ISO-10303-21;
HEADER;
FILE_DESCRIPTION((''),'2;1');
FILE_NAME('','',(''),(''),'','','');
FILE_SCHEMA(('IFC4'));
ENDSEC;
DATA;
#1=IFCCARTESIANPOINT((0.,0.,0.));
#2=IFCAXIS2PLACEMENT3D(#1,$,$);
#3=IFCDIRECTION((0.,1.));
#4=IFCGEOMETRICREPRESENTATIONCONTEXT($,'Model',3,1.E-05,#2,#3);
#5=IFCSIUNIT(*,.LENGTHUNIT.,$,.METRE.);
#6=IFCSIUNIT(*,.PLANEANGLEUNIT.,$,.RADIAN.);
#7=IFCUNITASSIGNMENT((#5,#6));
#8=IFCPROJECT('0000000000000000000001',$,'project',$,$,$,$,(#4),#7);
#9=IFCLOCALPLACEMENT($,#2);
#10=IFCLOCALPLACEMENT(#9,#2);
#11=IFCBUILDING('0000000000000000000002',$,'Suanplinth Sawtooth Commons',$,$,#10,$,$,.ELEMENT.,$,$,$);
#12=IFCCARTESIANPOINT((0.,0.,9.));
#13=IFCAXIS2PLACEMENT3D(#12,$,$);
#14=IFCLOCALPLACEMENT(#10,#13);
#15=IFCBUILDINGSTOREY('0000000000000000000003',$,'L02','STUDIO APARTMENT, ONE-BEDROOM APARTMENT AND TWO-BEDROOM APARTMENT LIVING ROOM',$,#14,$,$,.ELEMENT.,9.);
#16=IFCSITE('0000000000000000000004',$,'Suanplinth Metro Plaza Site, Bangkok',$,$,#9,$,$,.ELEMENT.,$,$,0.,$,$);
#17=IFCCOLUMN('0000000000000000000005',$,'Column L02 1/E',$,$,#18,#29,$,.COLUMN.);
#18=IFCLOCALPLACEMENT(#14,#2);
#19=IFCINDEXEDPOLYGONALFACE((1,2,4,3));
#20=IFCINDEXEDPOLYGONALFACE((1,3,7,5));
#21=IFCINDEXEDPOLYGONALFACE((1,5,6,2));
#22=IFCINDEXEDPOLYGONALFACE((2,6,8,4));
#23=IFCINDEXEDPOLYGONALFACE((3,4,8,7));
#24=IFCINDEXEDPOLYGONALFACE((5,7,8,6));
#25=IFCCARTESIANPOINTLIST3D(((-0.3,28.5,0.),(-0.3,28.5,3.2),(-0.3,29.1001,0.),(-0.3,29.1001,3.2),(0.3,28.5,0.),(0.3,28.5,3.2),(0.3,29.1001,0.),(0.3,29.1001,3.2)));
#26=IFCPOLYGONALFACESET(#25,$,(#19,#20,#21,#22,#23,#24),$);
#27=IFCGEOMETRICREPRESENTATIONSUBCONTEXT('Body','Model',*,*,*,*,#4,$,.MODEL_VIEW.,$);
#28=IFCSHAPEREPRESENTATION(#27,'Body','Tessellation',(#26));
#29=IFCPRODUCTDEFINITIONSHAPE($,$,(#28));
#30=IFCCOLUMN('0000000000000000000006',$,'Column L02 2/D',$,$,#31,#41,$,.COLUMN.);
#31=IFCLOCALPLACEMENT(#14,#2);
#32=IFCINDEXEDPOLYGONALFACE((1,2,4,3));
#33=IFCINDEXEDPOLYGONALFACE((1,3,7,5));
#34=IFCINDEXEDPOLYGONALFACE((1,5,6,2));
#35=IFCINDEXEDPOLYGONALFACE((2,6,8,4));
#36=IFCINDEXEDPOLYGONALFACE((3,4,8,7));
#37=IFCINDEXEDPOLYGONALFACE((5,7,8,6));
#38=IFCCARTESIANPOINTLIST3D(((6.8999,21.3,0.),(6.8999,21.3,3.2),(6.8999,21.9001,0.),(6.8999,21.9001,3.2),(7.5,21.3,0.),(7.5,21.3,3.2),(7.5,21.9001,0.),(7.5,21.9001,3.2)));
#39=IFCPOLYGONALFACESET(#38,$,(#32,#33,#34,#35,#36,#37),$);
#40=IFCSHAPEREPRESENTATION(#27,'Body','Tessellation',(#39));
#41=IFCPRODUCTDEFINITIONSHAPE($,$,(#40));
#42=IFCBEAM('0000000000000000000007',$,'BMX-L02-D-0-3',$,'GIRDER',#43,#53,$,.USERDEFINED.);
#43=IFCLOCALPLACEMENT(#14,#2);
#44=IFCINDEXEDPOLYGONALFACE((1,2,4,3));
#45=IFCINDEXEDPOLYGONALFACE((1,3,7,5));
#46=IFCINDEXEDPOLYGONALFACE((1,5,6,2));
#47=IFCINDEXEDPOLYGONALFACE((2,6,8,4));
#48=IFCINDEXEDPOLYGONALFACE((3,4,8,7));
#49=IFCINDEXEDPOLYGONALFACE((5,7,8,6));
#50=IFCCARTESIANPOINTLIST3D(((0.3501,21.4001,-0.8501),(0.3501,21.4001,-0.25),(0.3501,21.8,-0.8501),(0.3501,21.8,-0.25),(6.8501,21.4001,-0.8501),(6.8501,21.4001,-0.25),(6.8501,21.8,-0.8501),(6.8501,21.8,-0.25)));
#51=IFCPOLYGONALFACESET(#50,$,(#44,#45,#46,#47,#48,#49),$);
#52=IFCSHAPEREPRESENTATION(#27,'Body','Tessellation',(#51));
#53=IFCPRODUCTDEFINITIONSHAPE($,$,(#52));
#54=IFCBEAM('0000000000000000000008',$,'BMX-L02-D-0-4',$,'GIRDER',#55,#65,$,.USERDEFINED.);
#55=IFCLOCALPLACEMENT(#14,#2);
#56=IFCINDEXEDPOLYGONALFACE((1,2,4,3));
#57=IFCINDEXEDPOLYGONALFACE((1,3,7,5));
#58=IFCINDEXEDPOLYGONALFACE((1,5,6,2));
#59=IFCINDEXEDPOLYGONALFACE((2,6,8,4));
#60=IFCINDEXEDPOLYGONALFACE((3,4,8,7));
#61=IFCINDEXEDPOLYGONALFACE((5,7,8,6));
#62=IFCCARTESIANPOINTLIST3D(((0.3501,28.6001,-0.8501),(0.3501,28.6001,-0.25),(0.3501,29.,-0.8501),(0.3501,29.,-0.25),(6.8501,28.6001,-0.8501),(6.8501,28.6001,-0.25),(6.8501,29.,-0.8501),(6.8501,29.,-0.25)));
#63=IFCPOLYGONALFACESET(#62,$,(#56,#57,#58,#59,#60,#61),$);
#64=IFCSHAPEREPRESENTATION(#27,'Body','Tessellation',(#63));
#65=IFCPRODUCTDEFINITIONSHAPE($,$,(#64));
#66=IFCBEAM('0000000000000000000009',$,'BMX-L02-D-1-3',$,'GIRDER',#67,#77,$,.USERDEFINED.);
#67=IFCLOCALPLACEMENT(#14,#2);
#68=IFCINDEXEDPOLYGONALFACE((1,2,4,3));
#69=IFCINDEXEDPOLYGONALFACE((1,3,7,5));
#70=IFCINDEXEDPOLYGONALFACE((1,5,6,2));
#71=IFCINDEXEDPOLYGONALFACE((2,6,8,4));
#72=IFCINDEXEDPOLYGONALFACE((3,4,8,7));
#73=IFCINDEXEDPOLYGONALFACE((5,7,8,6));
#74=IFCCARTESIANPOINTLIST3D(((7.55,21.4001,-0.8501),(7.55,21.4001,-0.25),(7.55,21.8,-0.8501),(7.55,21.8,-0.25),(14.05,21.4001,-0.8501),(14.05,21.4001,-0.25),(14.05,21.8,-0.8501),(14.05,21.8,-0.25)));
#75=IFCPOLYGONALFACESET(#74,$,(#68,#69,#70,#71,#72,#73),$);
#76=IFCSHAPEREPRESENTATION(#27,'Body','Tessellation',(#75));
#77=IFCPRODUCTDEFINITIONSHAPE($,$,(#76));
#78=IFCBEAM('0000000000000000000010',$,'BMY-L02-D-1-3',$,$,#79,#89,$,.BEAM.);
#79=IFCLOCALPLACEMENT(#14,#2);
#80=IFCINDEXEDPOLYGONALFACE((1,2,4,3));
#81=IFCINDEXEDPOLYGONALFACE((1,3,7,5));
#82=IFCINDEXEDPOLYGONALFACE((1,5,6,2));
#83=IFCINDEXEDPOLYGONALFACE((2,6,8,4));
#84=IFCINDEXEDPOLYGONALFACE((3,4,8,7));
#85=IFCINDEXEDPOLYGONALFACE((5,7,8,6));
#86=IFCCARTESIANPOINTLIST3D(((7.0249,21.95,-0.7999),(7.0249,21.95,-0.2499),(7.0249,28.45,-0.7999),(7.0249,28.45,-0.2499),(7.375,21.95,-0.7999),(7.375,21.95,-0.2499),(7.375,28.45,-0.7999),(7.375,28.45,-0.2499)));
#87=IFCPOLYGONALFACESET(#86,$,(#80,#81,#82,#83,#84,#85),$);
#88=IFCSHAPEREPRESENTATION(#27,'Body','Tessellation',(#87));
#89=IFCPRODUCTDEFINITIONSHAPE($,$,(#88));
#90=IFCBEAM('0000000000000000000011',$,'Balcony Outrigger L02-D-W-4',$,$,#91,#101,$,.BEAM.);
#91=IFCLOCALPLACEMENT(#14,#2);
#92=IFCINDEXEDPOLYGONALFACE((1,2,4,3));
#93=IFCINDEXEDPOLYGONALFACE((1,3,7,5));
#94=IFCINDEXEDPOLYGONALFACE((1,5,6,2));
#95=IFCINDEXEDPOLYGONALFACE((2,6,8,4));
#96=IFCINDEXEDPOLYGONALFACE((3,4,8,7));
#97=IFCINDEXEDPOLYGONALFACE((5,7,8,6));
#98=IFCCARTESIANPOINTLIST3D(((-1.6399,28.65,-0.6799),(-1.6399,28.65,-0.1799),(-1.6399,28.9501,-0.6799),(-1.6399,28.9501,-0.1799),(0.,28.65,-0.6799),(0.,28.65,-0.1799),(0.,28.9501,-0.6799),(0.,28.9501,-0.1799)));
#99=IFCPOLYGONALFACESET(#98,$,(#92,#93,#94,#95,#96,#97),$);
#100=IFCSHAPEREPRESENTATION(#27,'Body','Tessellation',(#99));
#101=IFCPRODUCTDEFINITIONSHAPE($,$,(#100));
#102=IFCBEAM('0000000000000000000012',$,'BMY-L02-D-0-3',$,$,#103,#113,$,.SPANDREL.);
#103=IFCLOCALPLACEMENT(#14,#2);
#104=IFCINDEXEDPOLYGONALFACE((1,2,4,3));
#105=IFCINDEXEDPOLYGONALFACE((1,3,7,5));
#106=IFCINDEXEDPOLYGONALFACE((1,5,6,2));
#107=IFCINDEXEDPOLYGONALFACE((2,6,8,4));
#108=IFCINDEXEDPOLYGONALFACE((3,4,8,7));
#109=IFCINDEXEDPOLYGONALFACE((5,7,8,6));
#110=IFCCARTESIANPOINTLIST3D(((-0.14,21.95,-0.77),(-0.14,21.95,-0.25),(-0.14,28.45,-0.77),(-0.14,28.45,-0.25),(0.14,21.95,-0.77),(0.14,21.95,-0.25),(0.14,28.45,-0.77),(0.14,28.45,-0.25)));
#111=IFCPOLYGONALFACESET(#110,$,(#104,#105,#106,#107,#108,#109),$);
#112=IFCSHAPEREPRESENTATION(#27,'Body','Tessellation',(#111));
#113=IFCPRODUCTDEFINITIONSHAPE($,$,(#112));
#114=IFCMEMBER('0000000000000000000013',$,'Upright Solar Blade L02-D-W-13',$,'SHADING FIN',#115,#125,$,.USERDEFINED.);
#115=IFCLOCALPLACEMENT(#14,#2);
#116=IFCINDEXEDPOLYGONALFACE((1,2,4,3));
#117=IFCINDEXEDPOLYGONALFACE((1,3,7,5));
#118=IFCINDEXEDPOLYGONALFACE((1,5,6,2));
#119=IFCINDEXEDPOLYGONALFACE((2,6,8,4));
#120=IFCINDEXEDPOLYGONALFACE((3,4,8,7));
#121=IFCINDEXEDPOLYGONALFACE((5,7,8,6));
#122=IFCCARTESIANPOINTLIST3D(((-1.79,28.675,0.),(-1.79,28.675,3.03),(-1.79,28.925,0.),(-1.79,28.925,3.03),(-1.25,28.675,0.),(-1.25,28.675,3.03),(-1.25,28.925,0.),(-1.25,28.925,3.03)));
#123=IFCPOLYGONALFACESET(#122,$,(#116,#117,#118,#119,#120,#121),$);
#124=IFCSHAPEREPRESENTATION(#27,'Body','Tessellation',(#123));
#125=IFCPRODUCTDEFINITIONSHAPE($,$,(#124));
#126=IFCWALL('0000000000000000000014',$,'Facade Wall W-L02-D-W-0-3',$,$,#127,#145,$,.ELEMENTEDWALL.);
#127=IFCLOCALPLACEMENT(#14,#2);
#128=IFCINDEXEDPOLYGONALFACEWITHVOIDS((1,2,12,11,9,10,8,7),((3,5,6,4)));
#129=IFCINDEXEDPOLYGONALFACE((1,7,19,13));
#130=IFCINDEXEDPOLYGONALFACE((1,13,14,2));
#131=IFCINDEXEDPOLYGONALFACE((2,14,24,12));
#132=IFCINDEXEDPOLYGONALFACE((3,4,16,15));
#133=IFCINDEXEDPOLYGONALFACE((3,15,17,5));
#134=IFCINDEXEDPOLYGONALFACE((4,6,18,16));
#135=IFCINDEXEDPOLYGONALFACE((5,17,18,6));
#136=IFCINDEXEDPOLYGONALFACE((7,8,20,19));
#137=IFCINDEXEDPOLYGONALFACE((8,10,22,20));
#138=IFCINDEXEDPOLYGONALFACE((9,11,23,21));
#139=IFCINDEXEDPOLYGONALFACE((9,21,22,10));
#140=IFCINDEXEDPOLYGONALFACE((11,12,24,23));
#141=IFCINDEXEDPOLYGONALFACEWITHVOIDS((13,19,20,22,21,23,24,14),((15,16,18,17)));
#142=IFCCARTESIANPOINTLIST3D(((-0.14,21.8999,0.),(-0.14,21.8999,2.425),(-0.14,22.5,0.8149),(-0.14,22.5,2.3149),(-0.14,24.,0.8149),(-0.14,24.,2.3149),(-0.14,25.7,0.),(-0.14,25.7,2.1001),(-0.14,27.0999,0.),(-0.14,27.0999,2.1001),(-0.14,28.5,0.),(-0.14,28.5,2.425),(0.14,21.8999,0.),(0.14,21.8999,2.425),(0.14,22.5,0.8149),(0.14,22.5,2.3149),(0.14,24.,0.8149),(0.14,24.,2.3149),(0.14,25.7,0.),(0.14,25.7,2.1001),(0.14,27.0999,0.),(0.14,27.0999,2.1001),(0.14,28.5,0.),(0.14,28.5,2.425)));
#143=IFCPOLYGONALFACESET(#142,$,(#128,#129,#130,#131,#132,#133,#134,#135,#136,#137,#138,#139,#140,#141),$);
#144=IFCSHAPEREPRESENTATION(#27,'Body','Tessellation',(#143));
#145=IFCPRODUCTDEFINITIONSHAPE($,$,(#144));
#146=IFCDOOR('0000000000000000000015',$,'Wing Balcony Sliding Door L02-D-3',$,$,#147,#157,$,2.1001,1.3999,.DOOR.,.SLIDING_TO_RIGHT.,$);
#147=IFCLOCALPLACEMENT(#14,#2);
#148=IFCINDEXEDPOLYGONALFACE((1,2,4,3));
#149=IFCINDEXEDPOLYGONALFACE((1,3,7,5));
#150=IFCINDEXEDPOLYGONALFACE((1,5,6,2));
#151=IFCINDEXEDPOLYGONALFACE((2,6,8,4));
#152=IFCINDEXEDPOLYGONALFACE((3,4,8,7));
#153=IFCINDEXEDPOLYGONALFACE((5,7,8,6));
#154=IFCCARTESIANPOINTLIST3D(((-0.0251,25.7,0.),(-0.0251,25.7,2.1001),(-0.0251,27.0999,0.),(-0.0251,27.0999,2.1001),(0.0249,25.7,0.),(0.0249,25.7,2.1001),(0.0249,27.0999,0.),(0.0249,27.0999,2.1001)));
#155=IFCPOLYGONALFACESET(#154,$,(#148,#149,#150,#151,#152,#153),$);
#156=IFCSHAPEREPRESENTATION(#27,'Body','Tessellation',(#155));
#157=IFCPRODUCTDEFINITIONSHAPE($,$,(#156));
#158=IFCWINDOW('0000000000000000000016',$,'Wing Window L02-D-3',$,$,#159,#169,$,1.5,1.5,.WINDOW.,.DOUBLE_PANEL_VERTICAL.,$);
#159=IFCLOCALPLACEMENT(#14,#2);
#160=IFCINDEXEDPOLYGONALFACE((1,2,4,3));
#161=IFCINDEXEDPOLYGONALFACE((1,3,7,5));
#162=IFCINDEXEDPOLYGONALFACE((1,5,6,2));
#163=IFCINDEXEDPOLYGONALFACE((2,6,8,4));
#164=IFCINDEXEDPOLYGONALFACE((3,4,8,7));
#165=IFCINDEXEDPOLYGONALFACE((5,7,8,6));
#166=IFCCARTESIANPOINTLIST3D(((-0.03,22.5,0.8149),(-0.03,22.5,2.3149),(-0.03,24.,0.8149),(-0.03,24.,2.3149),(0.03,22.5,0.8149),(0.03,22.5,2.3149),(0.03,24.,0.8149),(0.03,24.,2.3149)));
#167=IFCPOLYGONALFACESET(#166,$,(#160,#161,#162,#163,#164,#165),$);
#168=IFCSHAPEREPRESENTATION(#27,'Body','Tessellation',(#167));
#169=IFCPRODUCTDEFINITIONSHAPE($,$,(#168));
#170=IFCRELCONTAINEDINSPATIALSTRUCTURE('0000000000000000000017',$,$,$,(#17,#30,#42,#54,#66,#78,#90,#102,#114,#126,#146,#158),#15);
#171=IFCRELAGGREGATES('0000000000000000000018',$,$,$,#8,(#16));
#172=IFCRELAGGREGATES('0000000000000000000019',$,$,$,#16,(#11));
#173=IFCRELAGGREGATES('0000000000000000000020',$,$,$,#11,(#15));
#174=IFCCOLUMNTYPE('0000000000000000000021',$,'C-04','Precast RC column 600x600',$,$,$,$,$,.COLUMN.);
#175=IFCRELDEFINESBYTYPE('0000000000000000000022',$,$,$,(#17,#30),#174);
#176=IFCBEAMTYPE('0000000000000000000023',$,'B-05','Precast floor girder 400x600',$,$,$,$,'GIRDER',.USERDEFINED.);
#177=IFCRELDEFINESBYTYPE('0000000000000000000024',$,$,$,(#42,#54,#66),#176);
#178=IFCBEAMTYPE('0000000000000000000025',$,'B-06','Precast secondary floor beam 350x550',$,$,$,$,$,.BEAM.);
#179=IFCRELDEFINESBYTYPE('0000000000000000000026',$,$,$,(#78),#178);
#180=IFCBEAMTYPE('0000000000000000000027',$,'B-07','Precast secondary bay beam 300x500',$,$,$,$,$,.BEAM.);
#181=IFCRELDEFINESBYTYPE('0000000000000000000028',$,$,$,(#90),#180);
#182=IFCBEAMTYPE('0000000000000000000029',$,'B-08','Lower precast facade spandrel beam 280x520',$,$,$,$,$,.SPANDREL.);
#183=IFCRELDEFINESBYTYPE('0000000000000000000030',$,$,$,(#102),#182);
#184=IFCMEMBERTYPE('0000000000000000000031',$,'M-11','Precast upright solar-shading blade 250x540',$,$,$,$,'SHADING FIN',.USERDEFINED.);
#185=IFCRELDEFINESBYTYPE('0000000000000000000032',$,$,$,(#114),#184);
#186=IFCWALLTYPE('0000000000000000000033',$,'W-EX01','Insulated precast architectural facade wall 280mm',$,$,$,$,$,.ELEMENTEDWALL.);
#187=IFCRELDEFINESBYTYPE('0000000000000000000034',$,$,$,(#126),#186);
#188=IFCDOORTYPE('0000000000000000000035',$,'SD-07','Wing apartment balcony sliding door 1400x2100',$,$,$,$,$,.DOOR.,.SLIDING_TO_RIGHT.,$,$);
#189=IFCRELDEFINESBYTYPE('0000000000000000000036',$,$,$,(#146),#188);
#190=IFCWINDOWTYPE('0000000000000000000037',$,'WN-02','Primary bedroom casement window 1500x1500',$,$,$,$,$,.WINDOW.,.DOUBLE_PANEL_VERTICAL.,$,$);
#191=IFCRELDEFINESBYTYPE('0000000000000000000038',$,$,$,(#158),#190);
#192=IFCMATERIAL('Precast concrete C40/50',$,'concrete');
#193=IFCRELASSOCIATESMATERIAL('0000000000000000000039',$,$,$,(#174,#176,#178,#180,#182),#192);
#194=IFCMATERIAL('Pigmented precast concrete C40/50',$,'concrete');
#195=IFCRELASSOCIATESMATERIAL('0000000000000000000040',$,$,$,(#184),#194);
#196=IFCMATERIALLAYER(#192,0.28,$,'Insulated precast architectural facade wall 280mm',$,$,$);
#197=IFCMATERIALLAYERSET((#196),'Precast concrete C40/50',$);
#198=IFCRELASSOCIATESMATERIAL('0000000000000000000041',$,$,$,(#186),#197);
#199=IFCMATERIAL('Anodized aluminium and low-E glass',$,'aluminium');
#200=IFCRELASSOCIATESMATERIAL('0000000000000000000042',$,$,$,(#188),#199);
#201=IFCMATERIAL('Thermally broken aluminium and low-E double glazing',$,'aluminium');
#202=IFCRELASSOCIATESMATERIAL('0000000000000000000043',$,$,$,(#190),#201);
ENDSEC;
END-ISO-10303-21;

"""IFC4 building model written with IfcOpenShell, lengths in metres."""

from ifc_helpers import new_model, si_unit, direction, frame, frame_2d, origin, origin_2d, place, context, subcontext, project, spatial, rectangle, extrude, material, layer, layer_set, material_profile, profile_set, type_object, element, fill, save


model = new_model("IFC4")

# Units and contexts
model_context = context("Model", 3, precision=1e-05, world=origin(), true_north=direction((0.0, 1.0)))
body_context = subcontext(model_context, "Body", "Model", "MODEL_VIEW")
ifc_project = project(units=[si_unit("LENGTHUNIT", "METRE"), si_unit("PLANEANGLEUNIT", "RADIAN")], contexts=[model_context])

# Site, building, storey
site_placement = place(None, origin())
site = spatial("IfcSite", under=ifc_project, at=site_placement, Name="Suanplinth Metro Plaza Site, Bangkok", CompositionType="ELEMENT", RefElevation=0.0)
building_placement = place(site_placement, origin())
building = spatial("IfcBuilding", under=site, at=building_placement, Name="Suanplinth Sawtooth Commons", CompositionType="ELEMENT")
storey_placement = place(building_placement, frame((0.0, 0.0, 9.0)))
storey = spatial("IfcBuildingStorey", under=building, at=storey_placement, Name="L02", Description="STUDIO APARTMENT, ONE-BEDROOM APARTMENT AND TWO-BEDROOM APARTMENT LIVING ROOM", CompositionType="ELEMENT", Elevation=9.0)

# Columns
ifc_material_1 = material(Name="Precast concrete C40/50", Category="concrete")
ifc_material_profile_1 = material_profile(ifc_material_1, rectangle(XDim=0.6001, YDim=0.6001, at=origin_2d()), Name="PC-COL 600x600")
ifc_profile_set_1 = profile_set([ifc_material_profile_1], Name="Precast concrete C40/50")
column_type = type_object("IfcColumnType", Name="C-04", Description="Precast RC column 600x600", PredefinedType="COLUMN", material=ifc_profile_set_1)
for number, where, z_axis, x_axis, name in (
    (1, (0.0, 28.8, 0.0), (0.0, 0.0, 1.0), (1.0, 0.0, 0.0), "Column L02 1/E"),
    (2, (7.2, 21.6001, 0.0), (0.0, 0.0, 1.0), (1.0, 0.0, 0.0), "Column L02 2/D"),
):
    element("IfcColumn", number, at=place(storey_placement, frame(where, z_axis=z_axis, x_axis=x_axis)), inside=storey, type_object=column_type, Name=name, PredefinedType="COLUMN", context=body_context, shape_type="SweptSolid", body=[
        extrude(rectangle(XDim=0.6001, YDim=0.6001, at=origin_2d()), origin(), (0.0, 0.0, 1.0), 3.2),
    ])

# Beams
ifc_material_profile_2 = material_profile(ifc_material_1, rectangle(XDim=0.3999, YDim=0.6001, at=origin_2d()), Name="PC-GDR 400x600")
ifc_profile_set_2 = profile_set([ifc_material_profile_2], Name="Precast concrete C40/50")
beam_type_1 = type_object("IfcBeamType", Name="B-05", Description="Precast floor girder 400x600", ElementType="GIRDER", PredefinedType="USERDEFINED", material=ifc_profile_set_2)
for number, where, z_axis, x_axis, name in (
    (3, (0.3501, 21.6001, -0.55), (1.0, 0.0, 0.0), (0.0, 1.0, 0.0), "BMX-L02-D-0-3"),
    (4, (0.3501, 28.8, -0.55), (1.0, 0.0, 0.0), (0.0, 1.0, 0.0), "BMX-L02-D-0-4"),
    (5, (7.55, 21.6001, -0.55), (1.0, 0.0, 0.0), (0.0, 1.0, 0.0), "BMX-L02-D-1-3"),
):
    element("IfcBeam", number, at=place(storey_placement, frame(where, z_axis=z_axis, x_axis=x_axis)), inside=storey, type_object=beam_type_1, Name=name, ObjectType="GIRDER", PredefinedType="USERDEFINED", context=body_context, shape_type="SweptSolid", body=[
        extrude(rectangle(XDim=0.3999, YDim=0.6001, at=origin_2d()), origin(), (0.0, 0.0, 1.0), 6.5),
    ])
ifc_material_profile_3 = material_profile(ifc_material_1, rectangle(XDim=0.3501, YDim=0.55, at=origin_2d()), Name="PC-BM 350x550")
ifc_profile_set_3 = profile_set([ifc_material_profile_3], Name="Precast concrete C40/50")
beam_type_2 = type_object("IfcBeamType", Name="B-06", Description="Precast secondary floor beam 350x550", PredefinedType="BEAM", material=ifc_profile_set_3)
beam_1_placement = place(storey_placement, frame((7.2, 21.95, -0.5249), z_axis=(0.0, 1.0, 0.0), x_axis=(-1.0, 0.0, 0.0)))
element("IfcBeam", 6, at=beam_1_placement, inside=storey, type_object=beam_type_2, Name="BMY-L02-D-1-3", PredefinedType="BEAM", context=body_context, shape_type="SweptSolid", body=[
    extrude(rectangle(XDim=0.3501, YDim=0.55, at=origin_2d()), origin(), (0.0, 0.0, 1.0), 6.5),
])
ifc_material_profile_4 = material_profile(ifc_material_1, rectangle(XDim=0.3, YDim=0.5, at=origin_2d()), Name="PC-BM 300x500")
ifc_profile_set_4 = profile_set([ifc_material_profile_4], Name="Precast concrete C40/50")
beam_type_3 = type_object("IfcBeamType", Name="B-07", Description="Precast secondary bay beam 300x500", PredefinedType="BEAM", material=ifc_profile_set_4)
beam_2_placement = place(storey_placement, frame((0.0, 28.8, -0.4299), z_axis=(-1.0, 0.0, 0.0), x_axis=(0.0, -1.0, 0.0)))
element("IfcBeam", 7, at=beam_2_placement, inside=storey, type_object=beam_type_3, Name="Balcony Outrigger L02-D-W-4", PredefinedType="BEAM", context=body_context, shape_type="SweptSolid", body=[
    extrude(rectangle(XDim=0.3, YDim=0.5, at=origin_2d()), origin(), (0.0, 0.0, 1.0), 1.6399),
])
ifc_material_profile_5 = material_profile(ifc_material_1, rectangle(XDim=0.28, YDim=0.52, at=origin_2d()), Name="PC-SP 280x520")
ifc_profile_set_5 = profile_set([ifc_material_profile_5], Name="Precast concrete C40/50")
beam_type_4 = type_object("IfcBeamType", Name="B-08", Description="Lower precast facade spandrel beam 280x520", PredefinedType="SPANDREL", material=ifc_profile_set_5)
beam_3_placement = place(storey_placement, frame((0.0, 21.95, -0.51), z_axis=(0.0, 1.0, 0.0), x_axis=(-1.0, 0.0, 0.0)))
element("IfcBeam", 8, at=beam_3_placement, inside=storey, type_object=beam_type_4, Name="BMY-L02-D-0-3", PredefinedType="SPANDREL", context=body_context, shape_type="SweptSolid", body=[
    extrude(rectangle(XDim=0.28, YDim=0.52, at=origin_2d()), origin(), (0.0, 0.0, 1.0), 6.5),
])

# Member
ifc_material_2 = material(Name="Pigmented precast concrete C40/50", Category="concrete")
ifc_material_profile_6 = material_profile(ifc_material_2, rectangle(XDim=0.25, YDim=0.54, at=origin_2d()), Name="PC-FIN 250x540")
ifc_profile_set_6 = profile_set([ifc_material_profile_6], Name="Pigmented precast concrete C40/50")
member_type = type_object("IfcMemberType", Name="M-11", Description="Precast upright solar-shading blade 250x540", ElementType="SHADING FIN", PredefinedType="USERDEFINED", material=ifc_profile_set_6)
member_placement = place(storey_placement, frame((-1.52, 28.8, 0.0), z_axis=(0.0, 0.0, 1.0), x_axis=(0.0, 1.0, 0.0)))
element("IfcMember", 9, at=member_placement, inside=storey, type_object=member_type, Name="Upright Solar Blade L02-D-W-13", ObjectType="SHADING FIN", PredefinedType="USERDEFINED", context=body_context, shape_type="SweptSolid", body=[
    extrude(rectangle(XDim=0.25, YDim=0.54, at=origin_2d()), origin(), (0.0, 0.0, 1.0), 3.03),
])

# Wall, openings, door, window
ifc_layer_1 = layer(ifc_material_1, 0.28, Name="Insulated precast architectural facade wall 280mm")
ifc_layer_set_1 = layer_set([ifc_layer_1], Name="Precast concrete C40/50")
wall_type_1 = type_object("IfcWallType", Name="W-EX01", Description="Insulated precast architectural facade wall 280mm", PredefinedType="ELEMENTEDWALL", material=ifc_layer_set_1)
wall_1_placement = place(storey_placement, frame((0.0, 21.8999, 0.0), z_axis=(0.0, 0.0, 1.0), x_axis=(0.0, 1.0, 0.0)))
wall_1 = element("IfcWall", 10, at=wall_1_placement, inside=storey, type_object=wall_type_1, Name="Facade Wall W-L02-D-W-0-3", PredefinedType="ELEMENTEDWALL", context=body_context, shape_type="SweptSolid", body=[
    extrude(rectangle(XDim=6.6001, YDim=0.28, at=frame_2d((3.3, 0.0))), origin(), (0.0, 0.0, 1.0), 2.425),
])
opening_1_placement = place(wall_1_placement, frame((3.8, 0.0, 0.0)))
opening_1 = element("IfcOpeningElement", 11, at=opening_1_placement, cuts=wall_1, PredefinedType="OPENING", context=body_context, shape_type="SweptSolid", body=[
    extrude(rectangle(XDim=1.3999, YDim=2.1001, at=frame_2d((0.7, 1.05))), frame((0.0, 0.1548, 0.0), z_axis=(0.0, -1.0, 0.0), x_axis=(1.0, 0.0, 0.0)), (0.0, 0.0, 1.0), 0.3098),
])
opening_2_placement = place(wall_1_placement, frame((0.6001, 0.0, 0.8149)))
opening_2 = element("IfcOpeningElement", 12, at=opening_2_placement, cuts=wall_1, PredefinedType="OPENING", context=body_context, shape_type="SweptSolid", body=[
    extrude(rectangle(XDim=1.5, YDim=1.5, at=frame_2d((0.75, 0.75))), frame((0.0, 0.1548, 0.0), z_axis=(0.0, -1.0, 0.0), x_axis=(1.0, 0.0, 0.0)), (0.0, 0.0, 1.0), 0.3098),
])
ifc_material_3 = material(Name="Anodized aluminium and low-E glass", Category="aluminium")
door_type_1 = type_object("IfcDoorType", Name="SD-07", Description="Wing apartment balcony sliding door 1400x2100", OperationType="SLIDING_TO_RIGHT", PredefinedType="DOOR", material=ifc_material_3)
door_1_placement = place(opening_1_placement, frame((1.3999, 0.0, 0.0), z_axis=(0.0, 0.0, 1.0), x_axis=(-1.0, 0.0, 0.0)))
door_1 = element("IfcDoor", 13, at=door_1_placement, inside=storey, type_object=door_type_1, Name="Wing Balcony Sliding Door L02-D-3", OperationType="SLIDING_TO_RIGHT", OverallHeight=2.1001, OverallWidth=1.3999, PredefinedType="DOOR", context=body_context, shape_type="SweptSolid", body=[
    extrude(rectangle(XDim=1.3999, YDim=2.1001, at=frame_2d((0.7, 1.05))), frame((0.0, 0.0249, 0.0), z_axis=(0.0, -1.0, 0.0), x_axis=(1.0, 0.0, 0.0)), (0.0, 0.0, 1.0), 0.05),
])
fill(opening_1, door_1)
ifc_material_4 = material(Name="Thermally broken aluminium and low-E double glazing", Category="aluminium")
window_type = type_object("IfcWindowType", Name="WN-02", Description="Primary bedroom casement window 1500x1500", PartitioningType="DOUBLE_PANEL_VERTICAL", PredefinedType="WINDOW", material=ifc_material_4)
window_placement = place(opening_2_placement, origin())
window = element("IfcWindow", 14, at=window_placement, inside=storey, type_object=window_type, Name="Wing Window L02-D-3", OverallHeight=1.5, OverallWidth=1.5, PartitioningType="DOUBLE_PANEL_VERTICAL", PredefinedType="WINDOW", context=body_context, shape_type="SweptSolid", body=[
    extrude(rectangle(XDim=1.5, YDim=1.5, at=frame_2d((0.75, 0.75))), frame((0.0, 0.03, 0.0), z_axis=(0.0, -1.0, 0.0), x_axis=(1.0, 0.0, 0.0)), (0.0, 0.0, 1.0), 0.0601),
])
fill(opening_2, window)

save(model, "model.ifc")
